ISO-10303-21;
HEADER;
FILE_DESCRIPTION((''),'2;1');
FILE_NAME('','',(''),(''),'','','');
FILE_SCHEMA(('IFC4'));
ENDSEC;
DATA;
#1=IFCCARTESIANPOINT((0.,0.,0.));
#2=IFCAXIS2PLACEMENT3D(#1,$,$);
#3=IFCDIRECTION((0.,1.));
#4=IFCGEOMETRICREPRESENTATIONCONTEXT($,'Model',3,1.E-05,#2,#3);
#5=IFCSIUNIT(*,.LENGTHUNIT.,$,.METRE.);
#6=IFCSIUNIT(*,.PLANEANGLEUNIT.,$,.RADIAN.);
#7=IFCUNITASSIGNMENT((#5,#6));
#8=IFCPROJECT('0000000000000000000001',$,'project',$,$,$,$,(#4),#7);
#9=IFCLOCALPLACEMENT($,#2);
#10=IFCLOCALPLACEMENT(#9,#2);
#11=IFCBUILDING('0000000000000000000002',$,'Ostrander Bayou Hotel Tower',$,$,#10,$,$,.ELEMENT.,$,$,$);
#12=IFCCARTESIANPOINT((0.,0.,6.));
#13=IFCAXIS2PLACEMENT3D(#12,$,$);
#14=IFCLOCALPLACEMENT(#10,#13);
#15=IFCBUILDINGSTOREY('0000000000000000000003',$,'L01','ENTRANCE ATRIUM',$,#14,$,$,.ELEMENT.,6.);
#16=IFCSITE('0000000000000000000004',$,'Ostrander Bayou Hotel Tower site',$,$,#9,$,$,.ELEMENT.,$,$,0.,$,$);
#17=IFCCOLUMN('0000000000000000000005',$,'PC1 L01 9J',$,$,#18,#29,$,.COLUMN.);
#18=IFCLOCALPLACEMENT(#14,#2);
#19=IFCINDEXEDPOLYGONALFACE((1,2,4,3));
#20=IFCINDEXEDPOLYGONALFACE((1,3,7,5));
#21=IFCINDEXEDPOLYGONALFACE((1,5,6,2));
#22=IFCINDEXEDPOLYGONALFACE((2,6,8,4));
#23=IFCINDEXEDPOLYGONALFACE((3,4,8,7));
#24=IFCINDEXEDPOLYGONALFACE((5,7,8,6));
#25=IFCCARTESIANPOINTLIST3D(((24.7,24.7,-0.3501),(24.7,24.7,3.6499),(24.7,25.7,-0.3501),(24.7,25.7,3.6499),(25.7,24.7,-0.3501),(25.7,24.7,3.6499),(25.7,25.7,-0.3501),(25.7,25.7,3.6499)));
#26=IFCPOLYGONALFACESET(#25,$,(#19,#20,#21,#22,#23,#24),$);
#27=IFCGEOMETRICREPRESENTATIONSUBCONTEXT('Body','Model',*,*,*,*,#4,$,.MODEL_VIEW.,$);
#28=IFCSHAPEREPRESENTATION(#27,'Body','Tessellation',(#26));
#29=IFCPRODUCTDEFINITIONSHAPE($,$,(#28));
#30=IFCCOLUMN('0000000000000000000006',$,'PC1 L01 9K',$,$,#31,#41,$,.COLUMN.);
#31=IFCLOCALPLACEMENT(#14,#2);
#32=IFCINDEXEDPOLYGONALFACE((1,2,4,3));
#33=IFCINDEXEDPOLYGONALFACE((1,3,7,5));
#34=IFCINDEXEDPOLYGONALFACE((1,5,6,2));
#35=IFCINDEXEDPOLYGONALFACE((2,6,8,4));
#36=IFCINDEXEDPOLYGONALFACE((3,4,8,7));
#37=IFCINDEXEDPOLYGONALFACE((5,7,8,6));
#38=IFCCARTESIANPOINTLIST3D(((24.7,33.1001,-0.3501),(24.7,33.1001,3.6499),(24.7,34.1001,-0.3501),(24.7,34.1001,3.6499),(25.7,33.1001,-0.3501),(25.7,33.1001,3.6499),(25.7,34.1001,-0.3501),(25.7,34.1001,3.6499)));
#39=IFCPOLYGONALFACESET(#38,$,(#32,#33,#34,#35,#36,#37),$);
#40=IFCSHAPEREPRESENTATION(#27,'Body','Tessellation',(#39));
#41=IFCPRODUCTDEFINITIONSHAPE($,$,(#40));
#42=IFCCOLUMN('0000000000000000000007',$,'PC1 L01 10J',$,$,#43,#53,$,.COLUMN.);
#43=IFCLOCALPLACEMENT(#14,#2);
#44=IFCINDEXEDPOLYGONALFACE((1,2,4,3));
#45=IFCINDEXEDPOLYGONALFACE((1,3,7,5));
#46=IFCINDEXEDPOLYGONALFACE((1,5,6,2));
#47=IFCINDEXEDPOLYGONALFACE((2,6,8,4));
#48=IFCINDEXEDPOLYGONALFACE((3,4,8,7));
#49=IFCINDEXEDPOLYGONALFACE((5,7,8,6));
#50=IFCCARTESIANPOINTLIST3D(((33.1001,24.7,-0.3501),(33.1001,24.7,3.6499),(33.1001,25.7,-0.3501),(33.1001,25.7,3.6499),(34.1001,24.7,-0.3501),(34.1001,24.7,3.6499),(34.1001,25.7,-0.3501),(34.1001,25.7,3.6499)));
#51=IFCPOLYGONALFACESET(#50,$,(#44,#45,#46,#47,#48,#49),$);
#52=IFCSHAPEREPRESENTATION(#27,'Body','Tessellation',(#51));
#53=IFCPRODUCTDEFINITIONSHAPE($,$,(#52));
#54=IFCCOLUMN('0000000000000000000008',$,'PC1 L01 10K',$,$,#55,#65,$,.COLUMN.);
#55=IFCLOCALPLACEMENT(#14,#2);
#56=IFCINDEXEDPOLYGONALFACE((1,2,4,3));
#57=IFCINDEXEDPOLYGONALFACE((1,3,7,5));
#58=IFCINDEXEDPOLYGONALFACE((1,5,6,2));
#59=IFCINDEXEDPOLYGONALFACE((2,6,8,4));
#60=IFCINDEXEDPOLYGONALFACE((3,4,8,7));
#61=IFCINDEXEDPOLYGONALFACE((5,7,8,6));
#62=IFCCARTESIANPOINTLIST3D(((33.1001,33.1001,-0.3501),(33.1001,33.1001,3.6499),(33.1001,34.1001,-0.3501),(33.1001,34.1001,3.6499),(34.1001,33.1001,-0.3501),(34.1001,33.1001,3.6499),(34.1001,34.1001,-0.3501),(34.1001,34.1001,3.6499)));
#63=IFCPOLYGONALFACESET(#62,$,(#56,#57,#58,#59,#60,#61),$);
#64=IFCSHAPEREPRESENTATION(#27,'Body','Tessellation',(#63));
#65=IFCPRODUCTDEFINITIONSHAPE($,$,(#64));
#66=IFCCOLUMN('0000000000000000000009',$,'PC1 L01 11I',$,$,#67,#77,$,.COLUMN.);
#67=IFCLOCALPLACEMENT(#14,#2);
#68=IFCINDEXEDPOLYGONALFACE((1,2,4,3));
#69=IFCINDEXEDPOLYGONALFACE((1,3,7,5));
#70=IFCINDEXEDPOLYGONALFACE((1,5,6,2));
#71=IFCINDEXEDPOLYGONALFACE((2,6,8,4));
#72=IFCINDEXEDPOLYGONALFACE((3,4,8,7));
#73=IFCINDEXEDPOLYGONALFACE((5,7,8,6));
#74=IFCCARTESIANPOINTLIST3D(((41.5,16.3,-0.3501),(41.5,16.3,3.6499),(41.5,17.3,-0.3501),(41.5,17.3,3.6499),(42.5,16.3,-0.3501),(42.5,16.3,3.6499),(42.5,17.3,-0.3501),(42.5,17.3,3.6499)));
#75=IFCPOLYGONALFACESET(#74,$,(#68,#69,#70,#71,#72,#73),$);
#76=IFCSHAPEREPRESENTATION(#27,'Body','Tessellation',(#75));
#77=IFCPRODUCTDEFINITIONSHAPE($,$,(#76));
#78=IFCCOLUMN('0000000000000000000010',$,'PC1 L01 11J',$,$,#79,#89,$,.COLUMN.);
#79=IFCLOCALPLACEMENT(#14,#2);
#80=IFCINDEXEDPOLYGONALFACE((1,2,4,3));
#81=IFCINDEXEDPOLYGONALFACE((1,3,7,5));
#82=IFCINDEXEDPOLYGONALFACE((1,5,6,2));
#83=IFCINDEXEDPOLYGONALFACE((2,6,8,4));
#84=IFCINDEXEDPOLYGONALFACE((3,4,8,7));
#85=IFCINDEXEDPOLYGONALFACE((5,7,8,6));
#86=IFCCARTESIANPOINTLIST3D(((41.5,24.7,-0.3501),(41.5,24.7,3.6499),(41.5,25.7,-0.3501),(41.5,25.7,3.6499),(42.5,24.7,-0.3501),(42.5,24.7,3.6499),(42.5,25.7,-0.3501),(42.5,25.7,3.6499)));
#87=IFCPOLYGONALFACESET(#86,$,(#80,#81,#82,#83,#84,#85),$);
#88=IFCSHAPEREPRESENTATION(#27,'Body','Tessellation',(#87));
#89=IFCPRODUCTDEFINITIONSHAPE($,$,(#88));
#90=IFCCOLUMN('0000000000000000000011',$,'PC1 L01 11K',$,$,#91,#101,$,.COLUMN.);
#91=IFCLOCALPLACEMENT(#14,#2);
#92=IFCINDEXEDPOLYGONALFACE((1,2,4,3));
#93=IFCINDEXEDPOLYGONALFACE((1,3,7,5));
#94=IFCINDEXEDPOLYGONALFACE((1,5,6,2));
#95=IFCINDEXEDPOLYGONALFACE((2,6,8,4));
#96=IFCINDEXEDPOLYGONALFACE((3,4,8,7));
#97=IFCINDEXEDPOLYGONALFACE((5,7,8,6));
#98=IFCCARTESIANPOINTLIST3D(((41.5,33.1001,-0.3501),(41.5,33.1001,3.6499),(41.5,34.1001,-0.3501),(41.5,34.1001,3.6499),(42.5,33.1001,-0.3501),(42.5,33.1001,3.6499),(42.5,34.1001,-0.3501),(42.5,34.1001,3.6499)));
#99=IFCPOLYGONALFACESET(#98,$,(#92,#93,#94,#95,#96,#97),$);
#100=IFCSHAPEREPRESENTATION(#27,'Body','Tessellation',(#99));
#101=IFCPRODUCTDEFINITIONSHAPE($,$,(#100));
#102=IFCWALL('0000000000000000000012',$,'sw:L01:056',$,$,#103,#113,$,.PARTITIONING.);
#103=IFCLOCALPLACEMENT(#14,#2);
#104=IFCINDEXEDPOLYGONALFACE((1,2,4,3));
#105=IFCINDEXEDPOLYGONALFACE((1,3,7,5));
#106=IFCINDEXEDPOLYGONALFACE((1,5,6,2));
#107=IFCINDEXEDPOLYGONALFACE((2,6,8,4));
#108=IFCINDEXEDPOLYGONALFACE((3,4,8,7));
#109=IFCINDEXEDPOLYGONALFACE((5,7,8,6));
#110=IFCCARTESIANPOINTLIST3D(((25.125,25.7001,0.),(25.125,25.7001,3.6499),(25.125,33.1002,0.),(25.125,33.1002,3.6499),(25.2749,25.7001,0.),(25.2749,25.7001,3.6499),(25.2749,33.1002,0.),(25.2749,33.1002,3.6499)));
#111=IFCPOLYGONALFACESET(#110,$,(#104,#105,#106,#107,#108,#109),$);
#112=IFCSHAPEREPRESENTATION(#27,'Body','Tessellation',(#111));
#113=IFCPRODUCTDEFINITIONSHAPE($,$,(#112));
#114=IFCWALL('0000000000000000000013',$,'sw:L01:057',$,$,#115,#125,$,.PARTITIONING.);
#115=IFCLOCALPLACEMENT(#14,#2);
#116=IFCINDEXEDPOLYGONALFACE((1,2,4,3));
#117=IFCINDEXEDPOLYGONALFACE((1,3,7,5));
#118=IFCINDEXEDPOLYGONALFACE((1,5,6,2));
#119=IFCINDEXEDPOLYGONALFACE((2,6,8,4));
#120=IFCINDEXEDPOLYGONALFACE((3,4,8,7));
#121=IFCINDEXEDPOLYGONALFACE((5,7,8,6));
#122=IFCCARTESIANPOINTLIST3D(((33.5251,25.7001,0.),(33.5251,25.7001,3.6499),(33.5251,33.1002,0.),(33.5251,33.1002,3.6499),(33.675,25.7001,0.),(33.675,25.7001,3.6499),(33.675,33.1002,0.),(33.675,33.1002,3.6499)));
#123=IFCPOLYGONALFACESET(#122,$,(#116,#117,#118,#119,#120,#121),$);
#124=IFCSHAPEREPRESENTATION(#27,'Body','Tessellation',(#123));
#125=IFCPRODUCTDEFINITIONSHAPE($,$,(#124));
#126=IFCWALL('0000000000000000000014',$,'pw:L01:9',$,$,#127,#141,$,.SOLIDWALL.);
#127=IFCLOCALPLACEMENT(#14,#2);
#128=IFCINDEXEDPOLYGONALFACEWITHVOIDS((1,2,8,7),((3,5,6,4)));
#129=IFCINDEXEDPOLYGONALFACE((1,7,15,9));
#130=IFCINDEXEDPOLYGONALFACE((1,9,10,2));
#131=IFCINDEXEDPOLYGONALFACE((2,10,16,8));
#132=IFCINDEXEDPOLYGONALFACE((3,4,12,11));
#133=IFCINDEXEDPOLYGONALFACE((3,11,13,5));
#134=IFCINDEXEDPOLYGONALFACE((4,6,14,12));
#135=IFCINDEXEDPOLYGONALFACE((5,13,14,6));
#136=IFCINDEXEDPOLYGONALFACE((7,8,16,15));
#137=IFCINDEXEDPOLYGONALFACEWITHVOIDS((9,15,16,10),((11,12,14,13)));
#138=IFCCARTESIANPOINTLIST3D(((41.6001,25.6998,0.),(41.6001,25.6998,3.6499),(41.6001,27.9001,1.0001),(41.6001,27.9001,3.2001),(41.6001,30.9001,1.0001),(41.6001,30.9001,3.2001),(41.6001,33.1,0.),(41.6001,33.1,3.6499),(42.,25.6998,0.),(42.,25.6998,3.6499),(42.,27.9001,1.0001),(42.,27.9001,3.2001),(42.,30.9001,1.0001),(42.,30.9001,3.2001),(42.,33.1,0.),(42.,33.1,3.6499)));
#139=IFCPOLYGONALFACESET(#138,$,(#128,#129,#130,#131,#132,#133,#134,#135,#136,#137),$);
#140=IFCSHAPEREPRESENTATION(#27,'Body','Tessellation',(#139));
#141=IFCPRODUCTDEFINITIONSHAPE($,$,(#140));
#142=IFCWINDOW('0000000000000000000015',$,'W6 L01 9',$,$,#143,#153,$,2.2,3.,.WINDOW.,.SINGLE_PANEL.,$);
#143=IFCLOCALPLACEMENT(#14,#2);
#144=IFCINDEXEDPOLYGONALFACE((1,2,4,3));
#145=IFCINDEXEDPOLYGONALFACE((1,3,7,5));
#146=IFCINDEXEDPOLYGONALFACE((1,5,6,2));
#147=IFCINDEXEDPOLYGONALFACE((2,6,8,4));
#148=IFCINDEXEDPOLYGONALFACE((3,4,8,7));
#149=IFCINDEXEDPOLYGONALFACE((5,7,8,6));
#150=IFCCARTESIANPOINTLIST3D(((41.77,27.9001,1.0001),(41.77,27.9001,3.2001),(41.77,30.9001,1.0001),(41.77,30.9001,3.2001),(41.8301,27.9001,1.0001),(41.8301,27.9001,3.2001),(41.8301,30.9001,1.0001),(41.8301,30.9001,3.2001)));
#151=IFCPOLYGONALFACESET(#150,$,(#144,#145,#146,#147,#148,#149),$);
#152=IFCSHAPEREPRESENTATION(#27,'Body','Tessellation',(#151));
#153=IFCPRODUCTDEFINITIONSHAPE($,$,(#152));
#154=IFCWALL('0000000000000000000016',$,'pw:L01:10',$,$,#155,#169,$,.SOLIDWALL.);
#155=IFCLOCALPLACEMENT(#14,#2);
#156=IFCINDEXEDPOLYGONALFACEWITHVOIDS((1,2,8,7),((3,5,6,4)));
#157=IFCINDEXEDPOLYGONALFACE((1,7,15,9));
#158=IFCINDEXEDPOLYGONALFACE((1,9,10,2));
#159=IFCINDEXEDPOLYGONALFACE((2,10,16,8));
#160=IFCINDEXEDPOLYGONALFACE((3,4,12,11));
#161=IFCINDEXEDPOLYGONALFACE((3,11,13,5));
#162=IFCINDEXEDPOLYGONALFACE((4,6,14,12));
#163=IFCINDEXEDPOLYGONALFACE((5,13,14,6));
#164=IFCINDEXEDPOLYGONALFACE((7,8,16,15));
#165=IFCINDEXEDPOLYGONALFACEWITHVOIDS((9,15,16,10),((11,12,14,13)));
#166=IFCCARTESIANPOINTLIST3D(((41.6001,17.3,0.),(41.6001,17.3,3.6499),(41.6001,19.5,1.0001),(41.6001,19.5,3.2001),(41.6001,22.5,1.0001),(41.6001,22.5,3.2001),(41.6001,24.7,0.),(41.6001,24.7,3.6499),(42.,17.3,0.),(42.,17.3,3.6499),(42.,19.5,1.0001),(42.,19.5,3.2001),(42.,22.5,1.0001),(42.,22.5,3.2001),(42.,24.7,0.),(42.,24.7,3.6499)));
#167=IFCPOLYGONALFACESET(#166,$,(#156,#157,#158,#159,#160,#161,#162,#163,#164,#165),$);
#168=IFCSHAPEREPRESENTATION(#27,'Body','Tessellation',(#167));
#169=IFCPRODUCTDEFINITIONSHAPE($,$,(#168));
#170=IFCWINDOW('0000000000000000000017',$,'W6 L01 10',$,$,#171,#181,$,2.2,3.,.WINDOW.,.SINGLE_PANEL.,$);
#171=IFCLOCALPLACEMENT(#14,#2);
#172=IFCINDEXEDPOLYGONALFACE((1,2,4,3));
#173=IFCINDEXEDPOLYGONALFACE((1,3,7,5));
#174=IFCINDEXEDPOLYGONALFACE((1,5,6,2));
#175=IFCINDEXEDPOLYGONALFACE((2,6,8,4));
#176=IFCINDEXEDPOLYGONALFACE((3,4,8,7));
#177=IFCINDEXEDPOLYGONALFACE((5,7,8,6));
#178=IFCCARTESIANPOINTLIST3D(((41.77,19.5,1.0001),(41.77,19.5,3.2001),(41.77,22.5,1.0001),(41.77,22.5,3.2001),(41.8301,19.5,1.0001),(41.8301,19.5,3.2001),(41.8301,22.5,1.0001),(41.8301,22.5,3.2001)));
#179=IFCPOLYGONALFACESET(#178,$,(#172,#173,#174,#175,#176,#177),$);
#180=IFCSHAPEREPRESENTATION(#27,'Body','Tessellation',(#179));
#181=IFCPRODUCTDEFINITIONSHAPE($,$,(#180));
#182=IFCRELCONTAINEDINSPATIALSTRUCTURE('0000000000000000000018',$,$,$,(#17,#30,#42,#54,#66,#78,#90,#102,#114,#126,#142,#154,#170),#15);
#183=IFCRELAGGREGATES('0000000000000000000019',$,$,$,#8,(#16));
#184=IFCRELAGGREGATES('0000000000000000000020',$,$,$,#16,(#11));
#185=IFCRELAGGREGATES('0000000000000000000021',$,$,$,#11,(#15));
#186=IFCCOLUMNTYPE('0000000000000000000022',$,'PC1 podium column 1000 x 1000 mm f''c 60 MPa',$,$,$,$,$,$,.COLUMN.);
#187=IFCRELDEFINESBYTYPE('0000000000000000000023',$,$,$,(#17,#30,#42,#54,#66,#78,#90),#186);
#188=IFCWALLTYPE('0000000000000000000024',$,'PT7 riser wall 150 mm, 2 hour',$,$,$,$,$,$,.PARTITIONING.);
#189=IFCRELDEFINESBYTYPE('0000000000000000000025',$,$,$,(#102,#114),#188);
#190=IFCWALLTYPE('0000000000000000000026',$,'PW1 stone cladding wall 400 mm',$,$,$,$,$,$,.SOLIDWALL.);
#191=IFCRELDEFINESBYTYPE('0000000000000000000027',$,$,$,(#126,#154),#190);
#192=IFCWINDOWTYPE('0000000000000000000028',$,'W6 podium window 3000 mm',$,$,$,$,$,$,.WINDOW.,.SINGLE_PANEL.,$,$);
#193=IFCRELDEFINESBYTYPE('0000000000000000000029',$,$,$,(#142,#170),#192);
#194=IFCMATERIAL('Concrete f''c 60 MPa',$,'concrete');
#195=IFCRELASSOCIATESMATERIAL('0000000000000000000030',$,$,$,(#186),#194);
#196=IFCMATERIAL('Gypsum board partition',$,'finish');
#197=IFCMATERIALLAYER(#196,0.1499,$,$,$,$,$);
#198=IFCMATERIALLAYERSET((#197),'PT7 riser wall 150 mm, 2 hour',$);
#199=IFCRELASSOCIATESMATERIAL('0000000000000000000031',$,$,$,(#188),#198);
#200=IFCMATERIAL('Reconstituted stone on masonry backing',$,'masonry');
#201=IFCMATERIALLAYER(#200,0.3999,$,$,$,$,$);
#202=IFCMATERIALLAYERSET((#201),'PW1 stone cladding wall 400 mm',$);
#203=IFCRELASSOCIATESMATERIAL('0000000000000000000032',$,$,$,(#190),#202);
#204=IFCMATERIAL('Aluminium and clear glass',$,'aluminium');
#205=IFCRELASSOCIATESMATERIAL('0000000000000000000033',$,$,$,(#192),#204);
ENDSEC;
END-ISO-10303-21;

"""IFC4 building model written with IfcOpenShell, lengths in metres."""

from ifc_helpers import new_model, si_unit, direction, frame, frame_2d, origin, origin_2d, place, context, subcontext, project, spatial, rectangle, extrude, material, layer, layer_set, material_profile, profile_set, type_object, element, fill, save


model = new_model("IFC4")

# Units and contexts
model_context = context("Model", 3, precision=1e-05, world=origin(), true_north=direction((0.0, 1.0)))
body_context = subcontext(model_context, "Body", "Model", "MODEL_VIEW")
ifc_project = project(units=[si_unit("LENGTHUNIT", "METRE"), si_unit("PLANEANGLEUNIT", "RADIAN")], contexts=[model_context])

# Site, building, storey
site_placement = place(None, origin())
site = spatial("IfcSite", under=ifc_project, at=site_placement, Name="Ostrander Bayou Hotel Tower site", CompositionType="ELEMENT", RefElevation=0.0)
building_placement = place(site_placement, origin())
building = spatial("IfcBuilding", under=site, at=building_placement, Name="Ostrander Bayou Hotel Tower", CompositionType="ELEMENT")
storey_placement = place(building_placement, frame((0.0, 0.0, 6.0)))
storey = spatial("IfcBuildingStorey", under=building, at=storey_placement, Name="L01", Description="ENTRANCE ATRIUM", CompositionType="ELEMENT", Elevation=6.0)

# Columns
ifc_material_1 = material(Name="Concrete f'c 60 MPa", Category="concrete")
ifc_material_profile = material_profile(ifc_material_1, rectangle(XDim=1.0, YDim=1.0, at=origin_2d()))
ifc_profile_set = profile_set([ifc_material_profile], Name="Concrete f'c 60 MPa")
column_type = type_object("IfcColumnType", Name="PC1 podium column 1000 x 1000 mm f'c 60 MPa", PredefinedType="COLUMN", material=ifc_profile_set)
for number, where, z_axis, x_axis, name in (
    (1, (25.2, 25.2, -0.3501), (0.0, 0.0, 1.0), (1.0, 0.0, 0.0), "PC1 L01 9J"),
    (2, (25.2, 33.6001, -0.3501), (0.0, 0.0, 1.0), (1.0, 0.0, 0.0), "PC1 L01 9K"),
    (3, (33.6001, 25.2, -0.3501), (0.0, 0.0, 1.0), (1.0, 0.0, 0.0), "PC1 L01 10J"),
    (4, (33.6001, 33.6001, -0.3501), (0.0, 0.0, 1.0), (1.0, 0.0, 0.0), "PC1 L01 10K"),
    (5, (42.0, 16.8, -0.3501), (0.0, 0.0, 1.0), (1.0, 0.0, 0.0), "PC1 L01 11I"),
    (6, (42.0, 25.2, -0.3501), (0.0, 0.0, 1.0), (1.0, 0.0, 0.0), "PC1 L01 11J"),
    (7, (42.0, 33.6001, -0.3501), (0.0, 0.0, 1.0), (1.0, 0.0, 0.0), "PC1 L01 11K"),
):
    element("IfcColumn", number, at=place(storey_placement, frame(where, z_axis=z_axis, x_axis=x_axis)), inside=storey, type_object=column_type, Name=name, PredefinedType="COLUMN", context=body_context, shape_type="SweptSolid", body=[
        extrude(rectangle(XDim=1.0, YDim=1.0, at=origin_2d()), origin(), (0.0, 0.0, 1.0), 4.0),
    ])

# Walls
ifc_material_2 = material(Name="Gypsum board partition", Category="finish")
ifc_layer_1 = layer(ifc_material_2, 0.1499)
ifc_layer_set_1 = layer_set([ifc_layer_1], Name="PT7 riser wall 150 mm, 2 hour")
wall_type_1 = type_object("IfcWallType", Name="PT7 riser wall 150 mm, 2 hour", PredefinedType="PARTITIONING", material=ifc_layer_set_1)
for number, where, z_axis, x_axis, name in (
    (8, (25.2, 25.7, 0.0), (0.0, 0.0, 1.0), (0.0, 1.0, 0.0), "sw:L01:056"),
    (9, (33.6001, 25.7, 0.0), (0.0, 0.0, 1.0), (0.0, 1.0, 0.0), "sw:L01:057"),
):
    element("IfcWall", number, at=place(storey_placement, frame(where, z_axis=z_axis, x_axis=x_axis)), inside=storey, type_object=wall_type_1, Name=name, PredefinedType="PARTITIONING", context=body_context, shape_type="SweptSolid", body=[
        extrude(rectangle(XDim=7.4001, YDim=0.1499, at=frame_2d((3.7002, 0.0))), origin(), (0.0, 0.0, 1.0), 3.6499),
    ])

# Walls, openings, windows
ifc_material_3 = material(Name="Reconstituted stone on masonry backing", Category="masonry")
ifc_layer_2 = layer(ifc_material_3, 0.3999)
ifc_layer_set_2 = layer_set([ifc_layer_2], Name="PW1 stone cladding wall 400 mm")
wall_type_2 = type_object("IfcWallType", Name="PW1 stone cladding wall 400 mm", PredefinedType="SOLIDWALL", material=ifc_layer_set_2)
wall_1_placement = place(storey_placement, frame((41.8, 33.1001, 0.0), z_axis=(0.0, 0.0, 1.0), x_axis=(0.0, -1.0, 0.0)))
wall_1 = element("IfcWall", 10, at=wall_1_placement, inside=storey, type_object=wall_type_2, Name="pw:L01:9", PredefinedType="SOLIDWALL", context=body_context, shape_type="SweptSolid", body=[
    extrude(rectangle(XDim=7.4001, YDim=0.3999, at=frame_2d((3.7002, 0.0))), origin(), (0.0, 0.0, 1.0), 3.6499),
])
opening_1_placement = place(wall_1_placement, frame((2.2, 0.0, 1.0)))
opening_1 = element("IfcOpeningElement", 11, at=opening_1_placement, cuts=wall_1, PredefinedType="OPENING", context=body_context, shape_type="SweptSolid", body=[
    extrude(rectangle(XDim=3.0, YDim=2.2, at=frame_2d((1.5, 1.1001))), frame((0.0, 0.2, 0.0), z_axis=(0.0, -1.0, 0.0), x_axis=(1.0, 0.0, 0.0)), (0.0, 0.0, 1.0), 0.3999),
])
ifc_material_4 = material(Name="Aluminium and clear glass", Category="aluminium")
window_type = type_object("IfcWindowType", Name="W6 podium window 3000 mm", PartitioningType="SINGLE_PANEL", PredefinedType="WINDOW", material=ifc_material_4)
window_1_placement = place(opening_1_placement, origin())
window_1 = element("IfcWindow", 12, at=window_1_placement, inside=storey, type_object=window_type, Name="W6 L01 9", OverallHeight=2.2, OverallWidth=3.0, PartitioningType="SINGLE_PANEL", PredefinedType="WINDOW", context=body_context, shape_type="SweptSolid", body=[
    extrude(rectangle(XDim=3.0, YDim=2.2, at=frame_2d((1.5, 1.1001))), frame((0.0, 0.03, 0.0), z_axis=(0.0, -1.0, 0.0), x_axis=(1.0, 0.0, 0.0)), (0.0, 0.0, 1.0), 0.0601),
])
fill(opening_1, window_1)
wall_2_placement = place(storey_placement, frame((41.8, 24.7, 0.0), z_axis=(0.0, 0.0, 1.0), x_axis=(0.0, -1.0, 0.0)))
wall_2 = element("IfcWall", 13, at=wall_2_placement, inside=storey, type_object=wall_type_2, Name="pw:L01:10", PredefinedType="SOLIDWALL", context=body_context, shape_type="SweptSolid", body=[
    extrude(rectangle(XDim=7.3999, YDim=0.3999, at=frame_2d((3.7, 0.0))), origin(), (0.0, 0.0, 1.0), 3.6499),
])
opening_2_placement = place(wall_2_placement, frame((2.2, 0.0, 1.0)))
opening_2 = element("IfcOpeningElement", 14, at=opening_2_placement, cuts=wall_2, PredefinedType="OPENING", context=body_context, shape_type="SweptSolid", body=[
    extrude(rectangle(XDim=3.0, YDim=2.2, at=frame_2d((1.5, 1.1001))), frame((0.0, 0.2, 0.0), z_axis=(0.0, -1.0, 0.0), x_axis=(1.0, 0.0, 0.0)), (0.0, 0.0, 1.0), 0.3999),
])
window_2_placement = place(opening_2_placement, origin())
window_2 = element("IfcWindow", 15, at=window_2_placement, inside=storey, type_object=window_type, Name="W6 L01 10", OverallHeight=2.2, OverallWidth=3.0, PartitioningType="SINGLE_PANEL", PredefinedType="WINDOW", context=body_context, shape_type="SweptSolid", body=[
    extrude(rectangle(XDim=3.0, YDim=2.2, at=frame_2d((1.5, 1.1001))), frame((0.0, 0.03, 0.0), z_axis=(0.0, -1.0, 0.0), x_axis=(1.0, 0.0, 0.0)), (0.0, 0.0, 1.0), 0.0601),
])
fill(opening_2, window_2)

save(model, "model.ifc")
